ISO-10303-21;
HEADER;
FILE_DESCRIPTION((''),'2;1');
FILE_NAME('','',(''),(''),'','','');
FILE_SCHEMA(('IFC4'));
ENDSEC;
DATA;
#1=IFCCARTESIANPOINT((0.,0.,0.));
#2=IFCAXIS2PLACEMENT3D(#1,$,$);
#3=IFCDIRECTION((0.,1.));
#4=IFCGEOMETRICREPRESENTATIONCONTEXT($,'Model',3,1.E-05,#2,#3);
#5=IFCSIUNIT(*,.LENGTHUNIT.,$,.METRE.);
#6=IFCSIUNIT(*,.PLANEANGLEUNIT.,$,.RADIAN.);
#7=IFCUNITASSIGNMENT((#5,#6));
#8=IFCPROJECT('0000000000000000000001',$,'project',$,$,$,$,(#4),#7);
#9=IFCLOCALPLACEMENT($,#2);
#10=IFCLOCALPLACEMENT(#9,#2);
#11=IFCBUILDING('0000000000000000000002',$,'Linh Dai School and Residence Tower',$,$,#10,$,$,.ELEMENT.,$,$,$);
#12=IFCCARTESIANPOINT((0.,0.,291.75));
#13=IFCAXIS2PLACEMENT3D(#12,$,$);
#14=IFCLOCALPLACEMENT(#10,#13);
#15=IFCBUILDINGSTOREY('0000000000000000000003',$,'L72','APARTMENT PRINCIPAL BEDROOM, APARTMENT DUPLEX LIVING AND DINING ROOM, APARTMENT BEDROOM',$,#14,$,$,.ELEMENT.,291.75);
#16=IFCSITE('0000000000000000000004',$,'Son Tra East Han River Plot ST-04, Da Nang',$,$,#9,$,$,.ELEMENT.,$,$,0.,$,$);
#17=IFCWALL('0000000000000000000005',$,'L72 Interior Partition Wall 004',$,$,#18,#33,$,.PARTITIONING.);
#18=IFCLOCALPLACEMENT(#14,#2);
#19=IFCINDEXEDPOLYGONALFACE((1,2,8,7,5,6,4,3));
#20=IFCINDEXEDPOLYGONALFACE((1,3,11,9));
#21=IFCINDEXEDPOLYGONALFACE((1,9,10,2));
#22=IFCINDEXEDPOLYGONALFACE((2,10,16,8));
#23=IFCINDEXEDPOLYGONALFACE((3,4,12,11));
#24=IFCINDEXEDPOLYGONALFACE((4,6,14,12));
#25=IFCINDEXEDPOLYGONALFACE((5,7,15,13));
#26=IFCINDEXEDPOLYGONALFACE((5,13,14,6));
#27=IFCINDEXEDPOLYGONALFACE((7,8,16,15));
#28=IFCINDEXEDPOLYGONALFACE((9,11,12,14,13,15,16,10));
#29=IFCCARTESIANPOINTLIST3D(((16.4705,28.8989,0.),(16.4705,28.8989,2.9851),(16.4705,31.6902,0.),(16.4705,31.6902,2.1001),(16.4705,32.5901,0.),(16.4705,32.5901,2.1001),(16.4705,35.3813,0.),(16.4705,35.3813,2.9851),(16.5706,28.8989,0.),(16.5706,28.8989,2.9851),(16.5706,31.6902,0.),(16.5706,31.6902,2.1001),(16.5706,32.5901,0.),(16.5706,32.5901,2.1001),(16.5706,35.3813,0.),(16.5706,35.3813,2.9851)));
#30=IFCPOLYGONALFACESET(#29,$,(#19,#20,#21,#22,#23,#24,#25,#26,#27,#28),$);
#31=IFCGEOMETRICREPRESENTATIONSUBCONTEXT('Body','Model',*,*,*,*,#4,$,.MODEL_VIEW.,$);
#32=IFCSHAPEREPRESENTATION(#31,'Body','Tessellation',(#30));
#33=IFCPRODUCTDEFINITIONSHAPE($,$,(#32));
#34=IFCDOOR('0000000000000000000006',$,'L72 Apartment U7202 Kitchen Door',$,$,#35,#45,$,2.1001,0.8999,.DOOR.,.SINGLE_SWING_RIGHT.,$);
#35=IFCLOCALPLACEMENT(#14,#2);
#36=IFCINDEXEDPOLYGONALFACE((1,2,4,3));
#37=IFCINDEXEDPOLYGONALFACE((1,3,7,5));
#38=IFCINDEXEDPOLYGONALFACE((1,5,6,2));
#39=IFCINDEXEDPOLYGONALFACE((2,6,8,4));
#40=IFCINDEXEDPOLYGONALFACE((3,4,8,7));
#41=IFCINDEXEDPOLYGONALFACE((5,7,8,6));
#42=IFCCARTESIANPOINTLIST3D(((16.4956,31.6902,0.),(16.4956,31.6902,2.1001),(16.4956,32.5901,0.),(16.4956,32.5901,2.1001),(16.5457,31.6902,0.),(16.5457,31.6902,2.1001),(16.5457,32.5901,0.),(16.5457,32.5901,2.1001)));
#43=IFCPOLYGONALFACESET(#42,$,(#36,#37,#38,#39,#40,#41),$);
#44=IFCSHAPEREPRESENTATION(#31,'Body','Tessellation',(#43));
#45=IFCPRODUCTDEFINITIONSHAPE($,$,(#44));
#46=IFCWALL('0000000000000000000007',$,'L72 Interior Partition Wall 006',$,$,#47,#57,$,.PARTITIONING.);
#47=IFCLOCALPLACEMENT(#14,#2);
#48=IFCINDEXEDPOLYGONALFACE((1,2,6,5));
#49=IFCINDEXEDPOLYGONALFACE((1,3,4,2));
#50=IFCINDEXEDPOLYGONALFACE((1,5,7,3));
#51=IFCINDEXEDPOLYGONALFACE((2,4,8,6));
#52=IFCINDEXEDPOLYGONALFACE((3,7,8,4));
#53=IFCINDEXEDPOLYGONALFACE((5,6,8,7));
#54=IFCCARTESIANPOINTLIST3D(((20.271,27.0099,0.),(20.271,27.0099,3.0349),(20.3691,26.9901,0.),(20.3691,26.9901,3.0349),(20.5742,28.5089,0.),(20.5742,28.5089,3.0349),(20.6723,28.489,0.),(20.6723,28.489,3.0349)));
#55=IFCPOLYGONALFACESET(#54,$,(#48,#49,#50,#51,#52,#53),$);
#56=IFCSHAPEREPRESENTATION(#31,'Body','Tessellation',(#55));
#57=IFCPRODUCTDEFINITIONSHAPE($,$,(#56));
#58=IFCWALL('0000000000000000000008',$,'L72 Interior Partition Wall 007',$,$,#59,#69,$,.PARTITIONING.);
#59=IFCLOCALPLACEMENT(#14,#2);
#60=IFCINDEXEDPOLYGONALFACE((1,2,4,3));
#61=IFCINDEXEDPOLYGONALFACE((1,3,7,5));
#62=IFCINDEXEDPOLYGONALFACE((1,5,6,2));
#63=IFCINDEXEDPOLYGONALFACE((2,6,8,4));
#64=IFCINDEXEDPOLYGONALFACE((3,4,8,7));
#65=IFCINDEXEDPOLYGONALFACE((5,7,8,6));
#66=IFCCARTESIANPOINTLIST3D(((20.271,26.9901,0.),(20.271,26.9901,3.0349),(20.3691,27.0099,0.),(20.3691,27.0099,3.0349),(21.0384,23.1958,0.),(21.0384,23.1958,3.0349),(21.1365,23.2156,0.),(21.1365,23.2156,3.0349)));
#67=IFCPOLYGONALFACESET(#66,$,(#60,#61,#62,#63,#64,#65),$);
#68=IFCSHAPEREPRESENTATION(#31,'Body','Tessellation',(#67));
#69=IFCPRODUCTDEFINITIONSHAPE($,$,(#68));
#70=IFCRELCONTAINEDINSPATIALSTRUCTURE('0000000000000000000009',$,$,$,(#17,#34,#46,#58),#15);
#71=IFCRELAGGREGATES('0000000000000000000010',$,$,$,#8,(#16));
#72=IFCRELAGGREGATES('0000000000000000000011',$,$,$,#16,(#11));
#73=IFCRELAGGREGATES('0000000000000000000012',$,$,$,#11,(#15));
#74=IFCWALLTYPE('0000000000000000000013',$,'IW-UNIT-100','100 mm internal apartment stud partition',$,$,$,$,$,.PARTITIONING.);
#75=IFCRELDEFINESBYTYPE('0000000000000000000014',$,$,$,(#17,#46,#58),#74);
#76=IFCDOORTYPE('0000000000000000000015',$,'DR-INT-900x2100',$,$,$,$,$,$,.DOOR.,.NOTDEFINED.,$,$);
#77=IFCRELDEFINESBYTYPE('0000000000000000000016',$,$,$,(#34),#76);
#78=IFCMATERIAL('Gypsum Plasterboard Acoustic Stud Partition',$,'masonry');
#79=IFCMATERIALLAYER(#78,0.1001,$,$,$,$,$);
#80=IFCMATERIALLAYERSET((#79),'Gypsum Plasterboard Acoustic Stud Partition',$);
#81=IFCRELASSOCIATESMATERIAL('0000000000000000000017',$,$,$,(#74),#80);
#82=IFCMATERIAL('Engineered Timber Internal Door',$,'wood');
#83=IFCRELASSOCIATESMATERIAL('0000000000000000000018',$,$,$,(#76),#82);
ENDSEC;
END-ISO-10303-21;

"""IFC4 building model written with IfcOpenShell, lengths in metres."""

from ifc_helpers import new_model, si_unit, direction, frame, frame_2d, origin, origin_2d, place, context, subcontext, project, spatial, rectangle, extrude, source, transform, mapped, material, layer, layer_set, type_object, element, fill, save


model = new_model("IFC4")

# Units and contexts
model_context = context("Model", 3, precision=1e-05, world=origin(), true_north=direction((0.0, 1.0)))
body_context = subcontext(model_context, "Body", "Model", "MODEL_VIEW")
ifc_project = project(units=[si_unit("LENGTHUNIT", "METRE"), si_unit("PLANEANGLEUNIT", "RADIAN")], contexts=[model_context])

# Site, building, storey
site_placement = place(None, origin())
site = spatial("IfcSite", under=ifc_project, at=site_placement, Name="Son Tra East Han River Plot ST-04, Da Nang", CompositionType="ELEMENT", RefElevation=0.0)
building_placement = place(site_placement, origin())
building = spatial("IfcBuilding", under=site, at=building_placement, Name="Linh Dai School and Residence Tower", CompositionType="ELEMENT")
storey_placement = place(building_placement, frame((0.0, 0.0, 291.75)))
storey = spatial("IfcBuildingStorey", under=building, at=storey_placement, Name="L72", Description="APARTMENT PRINCIPAL BEDROOM, APARTMENT DUPLEX LIVING AND DINING ROOM, APARTMENT BEDROOM", CompositionType="ELEMENT", Elevation=291.75)

# Wall, opening, door
ifc_material_1 = material(Name="Gypsum Plasterboard Acoustic Stud Partition", Category="masonry")
ifc_layer_1 = layer(ifc_material_1, 0.1001)
ifc_layer_set_1 = layer_set([ifc_layer_1], Name="Gypsum Plasterboard Acoustic Stud Partition")
wall_type_1 = type_object("IfcWallType", Name="IW-UNIT-100", Description="100 mm internal apartment stud partition", PredefinedType="PARTITIONING", material=ifc_layer_set_1)
ifc_material_2 = material(Name="Engineered Timber Internal Door", Category="wood")
door_type_1 = type_object("IfcDoorType", Name="DR-INT-900x2100", OperationType="NOTDEFINED", PredefinedType="DOOR", material=ifc_material_2)
shared_shape_1 = source(origin(), body_context, "Body", "SweptSolid", [
    extrude(rectangle(XDim=0.8999, YDim=2.1001, at=origin_2d()), frame((0.45, 0.0249, 1.05), z_axis=(0.0, -1.0, 0.0), x_axis=(1.0, 0.0, 0.0)), (0.0, 0.0, 1.0), 0.05),
])
wall_1_placement = place(storey_placement, frame((16.5205, 28.8989, 0.0), z_axis=(0.0, 0.0, 1.0), x_axis=(0.0, 1.0, 0.0)))
wall_1 = element("IfcWall", 1, at=wall_1_placement, inside=storey, type_object=wall_type_1, Name="L72 Interior Partition Wall 004", PredefinedType="PARTITIONING", context=body_context, shape_type="SweptSolid", body=[
    extrude(rectangle(XDim=6.4824, YDim=0.1001, at=frame_2d((3.2412, 0.0))), origin(), (0.0, 0.0, 1.0), 2.9851),
])
opening_1_placement = place(wall_1_placement, frame((2.7913, 0.0, 0.0)))
opening_1 = element("IfcOpeningElement", 2, at=opening_1_placement, cuts=wall_1, PredefinedType="OPENING", context=body_context, shape_type="SweptSolid", body=[
    extrude(rectangle(XDim=0.8999, YDim=2.1001, at=origin_2d()), frame((0.45, 0.0601, 1.05), z_axis=(0.0, -1.0, 0.0), x_axis=(1.0, 0.0, 0.0)), (0.0, 0.0, 1.0), 0.1201),
])
door_1_placement = place(opening_1_placement, origin())
door_1 = element("IfcDoor", 3, at=door_1_placement, inside=storey, type_object=door_type_1, Name="L72 Apartment U7202 Kitchen Door", OperationType="SINGLE_SWING_RIGHT", OverallHeight=2.1001, OverallWidth=0.8999, PredefinedType="DOOR", context=body_context, shape_type="MappedRepresentation", body=[
    mapped(shared_shape_1, transform((0.0, 0.0, 0.0), x_axis=(1.0, 0.0, 0.0), y_axis=(0.0, 1.0, 0.0), z_axis=(0.0, 0.0, 1.0), scale=1.0)),
])
fill(opening_1, door_1)

# Walls
wall_2_placement = place(storey_placement, frame((20.3201, 27.0, 0.0), z_axis=(0.0, 0.0, 1.0), x_axis=(0.198265, 0.980149, 0.0)))
element("IfcWall", 4, at=wall_2_placement, inside=storey, type_object=wall_type_1, Name="L72 Interior Partition Wall 006", PredefinedType="PARTITIONING", context=body_context, shape_type="SweptSolid", body=[
    extrude(rectangle(XDim=1.5293, YDim=0.1001, at=frame_2d((0.7646, 0.0))), origin(), (0.0, 0.0, 1.0), 3.0349),
])
wall_3_placement = place(storey_placement, frame((20.3201, 27.0, 0.0), z_axis=(0.0, 0.0, 1.0), x_axis=(0.198226, -0.980156, 0.0)))
element("IfcWall", 5, at=wall_3_placement, inside=storey, type_object=wall_type_1, Name="L72 Interior Partition Wall 007", PredefinedType="PARTITIONING", context=body_context, shape_type="SweptSolid", body=[
    extrude(rectangle(XDim=3.8711, YDim=0.1001, at=frame_2d((1.9355, 0.0))), origin(), (0.0, 0.0, 1.0), 3.0349),
])

save(model, "model.ifc")
